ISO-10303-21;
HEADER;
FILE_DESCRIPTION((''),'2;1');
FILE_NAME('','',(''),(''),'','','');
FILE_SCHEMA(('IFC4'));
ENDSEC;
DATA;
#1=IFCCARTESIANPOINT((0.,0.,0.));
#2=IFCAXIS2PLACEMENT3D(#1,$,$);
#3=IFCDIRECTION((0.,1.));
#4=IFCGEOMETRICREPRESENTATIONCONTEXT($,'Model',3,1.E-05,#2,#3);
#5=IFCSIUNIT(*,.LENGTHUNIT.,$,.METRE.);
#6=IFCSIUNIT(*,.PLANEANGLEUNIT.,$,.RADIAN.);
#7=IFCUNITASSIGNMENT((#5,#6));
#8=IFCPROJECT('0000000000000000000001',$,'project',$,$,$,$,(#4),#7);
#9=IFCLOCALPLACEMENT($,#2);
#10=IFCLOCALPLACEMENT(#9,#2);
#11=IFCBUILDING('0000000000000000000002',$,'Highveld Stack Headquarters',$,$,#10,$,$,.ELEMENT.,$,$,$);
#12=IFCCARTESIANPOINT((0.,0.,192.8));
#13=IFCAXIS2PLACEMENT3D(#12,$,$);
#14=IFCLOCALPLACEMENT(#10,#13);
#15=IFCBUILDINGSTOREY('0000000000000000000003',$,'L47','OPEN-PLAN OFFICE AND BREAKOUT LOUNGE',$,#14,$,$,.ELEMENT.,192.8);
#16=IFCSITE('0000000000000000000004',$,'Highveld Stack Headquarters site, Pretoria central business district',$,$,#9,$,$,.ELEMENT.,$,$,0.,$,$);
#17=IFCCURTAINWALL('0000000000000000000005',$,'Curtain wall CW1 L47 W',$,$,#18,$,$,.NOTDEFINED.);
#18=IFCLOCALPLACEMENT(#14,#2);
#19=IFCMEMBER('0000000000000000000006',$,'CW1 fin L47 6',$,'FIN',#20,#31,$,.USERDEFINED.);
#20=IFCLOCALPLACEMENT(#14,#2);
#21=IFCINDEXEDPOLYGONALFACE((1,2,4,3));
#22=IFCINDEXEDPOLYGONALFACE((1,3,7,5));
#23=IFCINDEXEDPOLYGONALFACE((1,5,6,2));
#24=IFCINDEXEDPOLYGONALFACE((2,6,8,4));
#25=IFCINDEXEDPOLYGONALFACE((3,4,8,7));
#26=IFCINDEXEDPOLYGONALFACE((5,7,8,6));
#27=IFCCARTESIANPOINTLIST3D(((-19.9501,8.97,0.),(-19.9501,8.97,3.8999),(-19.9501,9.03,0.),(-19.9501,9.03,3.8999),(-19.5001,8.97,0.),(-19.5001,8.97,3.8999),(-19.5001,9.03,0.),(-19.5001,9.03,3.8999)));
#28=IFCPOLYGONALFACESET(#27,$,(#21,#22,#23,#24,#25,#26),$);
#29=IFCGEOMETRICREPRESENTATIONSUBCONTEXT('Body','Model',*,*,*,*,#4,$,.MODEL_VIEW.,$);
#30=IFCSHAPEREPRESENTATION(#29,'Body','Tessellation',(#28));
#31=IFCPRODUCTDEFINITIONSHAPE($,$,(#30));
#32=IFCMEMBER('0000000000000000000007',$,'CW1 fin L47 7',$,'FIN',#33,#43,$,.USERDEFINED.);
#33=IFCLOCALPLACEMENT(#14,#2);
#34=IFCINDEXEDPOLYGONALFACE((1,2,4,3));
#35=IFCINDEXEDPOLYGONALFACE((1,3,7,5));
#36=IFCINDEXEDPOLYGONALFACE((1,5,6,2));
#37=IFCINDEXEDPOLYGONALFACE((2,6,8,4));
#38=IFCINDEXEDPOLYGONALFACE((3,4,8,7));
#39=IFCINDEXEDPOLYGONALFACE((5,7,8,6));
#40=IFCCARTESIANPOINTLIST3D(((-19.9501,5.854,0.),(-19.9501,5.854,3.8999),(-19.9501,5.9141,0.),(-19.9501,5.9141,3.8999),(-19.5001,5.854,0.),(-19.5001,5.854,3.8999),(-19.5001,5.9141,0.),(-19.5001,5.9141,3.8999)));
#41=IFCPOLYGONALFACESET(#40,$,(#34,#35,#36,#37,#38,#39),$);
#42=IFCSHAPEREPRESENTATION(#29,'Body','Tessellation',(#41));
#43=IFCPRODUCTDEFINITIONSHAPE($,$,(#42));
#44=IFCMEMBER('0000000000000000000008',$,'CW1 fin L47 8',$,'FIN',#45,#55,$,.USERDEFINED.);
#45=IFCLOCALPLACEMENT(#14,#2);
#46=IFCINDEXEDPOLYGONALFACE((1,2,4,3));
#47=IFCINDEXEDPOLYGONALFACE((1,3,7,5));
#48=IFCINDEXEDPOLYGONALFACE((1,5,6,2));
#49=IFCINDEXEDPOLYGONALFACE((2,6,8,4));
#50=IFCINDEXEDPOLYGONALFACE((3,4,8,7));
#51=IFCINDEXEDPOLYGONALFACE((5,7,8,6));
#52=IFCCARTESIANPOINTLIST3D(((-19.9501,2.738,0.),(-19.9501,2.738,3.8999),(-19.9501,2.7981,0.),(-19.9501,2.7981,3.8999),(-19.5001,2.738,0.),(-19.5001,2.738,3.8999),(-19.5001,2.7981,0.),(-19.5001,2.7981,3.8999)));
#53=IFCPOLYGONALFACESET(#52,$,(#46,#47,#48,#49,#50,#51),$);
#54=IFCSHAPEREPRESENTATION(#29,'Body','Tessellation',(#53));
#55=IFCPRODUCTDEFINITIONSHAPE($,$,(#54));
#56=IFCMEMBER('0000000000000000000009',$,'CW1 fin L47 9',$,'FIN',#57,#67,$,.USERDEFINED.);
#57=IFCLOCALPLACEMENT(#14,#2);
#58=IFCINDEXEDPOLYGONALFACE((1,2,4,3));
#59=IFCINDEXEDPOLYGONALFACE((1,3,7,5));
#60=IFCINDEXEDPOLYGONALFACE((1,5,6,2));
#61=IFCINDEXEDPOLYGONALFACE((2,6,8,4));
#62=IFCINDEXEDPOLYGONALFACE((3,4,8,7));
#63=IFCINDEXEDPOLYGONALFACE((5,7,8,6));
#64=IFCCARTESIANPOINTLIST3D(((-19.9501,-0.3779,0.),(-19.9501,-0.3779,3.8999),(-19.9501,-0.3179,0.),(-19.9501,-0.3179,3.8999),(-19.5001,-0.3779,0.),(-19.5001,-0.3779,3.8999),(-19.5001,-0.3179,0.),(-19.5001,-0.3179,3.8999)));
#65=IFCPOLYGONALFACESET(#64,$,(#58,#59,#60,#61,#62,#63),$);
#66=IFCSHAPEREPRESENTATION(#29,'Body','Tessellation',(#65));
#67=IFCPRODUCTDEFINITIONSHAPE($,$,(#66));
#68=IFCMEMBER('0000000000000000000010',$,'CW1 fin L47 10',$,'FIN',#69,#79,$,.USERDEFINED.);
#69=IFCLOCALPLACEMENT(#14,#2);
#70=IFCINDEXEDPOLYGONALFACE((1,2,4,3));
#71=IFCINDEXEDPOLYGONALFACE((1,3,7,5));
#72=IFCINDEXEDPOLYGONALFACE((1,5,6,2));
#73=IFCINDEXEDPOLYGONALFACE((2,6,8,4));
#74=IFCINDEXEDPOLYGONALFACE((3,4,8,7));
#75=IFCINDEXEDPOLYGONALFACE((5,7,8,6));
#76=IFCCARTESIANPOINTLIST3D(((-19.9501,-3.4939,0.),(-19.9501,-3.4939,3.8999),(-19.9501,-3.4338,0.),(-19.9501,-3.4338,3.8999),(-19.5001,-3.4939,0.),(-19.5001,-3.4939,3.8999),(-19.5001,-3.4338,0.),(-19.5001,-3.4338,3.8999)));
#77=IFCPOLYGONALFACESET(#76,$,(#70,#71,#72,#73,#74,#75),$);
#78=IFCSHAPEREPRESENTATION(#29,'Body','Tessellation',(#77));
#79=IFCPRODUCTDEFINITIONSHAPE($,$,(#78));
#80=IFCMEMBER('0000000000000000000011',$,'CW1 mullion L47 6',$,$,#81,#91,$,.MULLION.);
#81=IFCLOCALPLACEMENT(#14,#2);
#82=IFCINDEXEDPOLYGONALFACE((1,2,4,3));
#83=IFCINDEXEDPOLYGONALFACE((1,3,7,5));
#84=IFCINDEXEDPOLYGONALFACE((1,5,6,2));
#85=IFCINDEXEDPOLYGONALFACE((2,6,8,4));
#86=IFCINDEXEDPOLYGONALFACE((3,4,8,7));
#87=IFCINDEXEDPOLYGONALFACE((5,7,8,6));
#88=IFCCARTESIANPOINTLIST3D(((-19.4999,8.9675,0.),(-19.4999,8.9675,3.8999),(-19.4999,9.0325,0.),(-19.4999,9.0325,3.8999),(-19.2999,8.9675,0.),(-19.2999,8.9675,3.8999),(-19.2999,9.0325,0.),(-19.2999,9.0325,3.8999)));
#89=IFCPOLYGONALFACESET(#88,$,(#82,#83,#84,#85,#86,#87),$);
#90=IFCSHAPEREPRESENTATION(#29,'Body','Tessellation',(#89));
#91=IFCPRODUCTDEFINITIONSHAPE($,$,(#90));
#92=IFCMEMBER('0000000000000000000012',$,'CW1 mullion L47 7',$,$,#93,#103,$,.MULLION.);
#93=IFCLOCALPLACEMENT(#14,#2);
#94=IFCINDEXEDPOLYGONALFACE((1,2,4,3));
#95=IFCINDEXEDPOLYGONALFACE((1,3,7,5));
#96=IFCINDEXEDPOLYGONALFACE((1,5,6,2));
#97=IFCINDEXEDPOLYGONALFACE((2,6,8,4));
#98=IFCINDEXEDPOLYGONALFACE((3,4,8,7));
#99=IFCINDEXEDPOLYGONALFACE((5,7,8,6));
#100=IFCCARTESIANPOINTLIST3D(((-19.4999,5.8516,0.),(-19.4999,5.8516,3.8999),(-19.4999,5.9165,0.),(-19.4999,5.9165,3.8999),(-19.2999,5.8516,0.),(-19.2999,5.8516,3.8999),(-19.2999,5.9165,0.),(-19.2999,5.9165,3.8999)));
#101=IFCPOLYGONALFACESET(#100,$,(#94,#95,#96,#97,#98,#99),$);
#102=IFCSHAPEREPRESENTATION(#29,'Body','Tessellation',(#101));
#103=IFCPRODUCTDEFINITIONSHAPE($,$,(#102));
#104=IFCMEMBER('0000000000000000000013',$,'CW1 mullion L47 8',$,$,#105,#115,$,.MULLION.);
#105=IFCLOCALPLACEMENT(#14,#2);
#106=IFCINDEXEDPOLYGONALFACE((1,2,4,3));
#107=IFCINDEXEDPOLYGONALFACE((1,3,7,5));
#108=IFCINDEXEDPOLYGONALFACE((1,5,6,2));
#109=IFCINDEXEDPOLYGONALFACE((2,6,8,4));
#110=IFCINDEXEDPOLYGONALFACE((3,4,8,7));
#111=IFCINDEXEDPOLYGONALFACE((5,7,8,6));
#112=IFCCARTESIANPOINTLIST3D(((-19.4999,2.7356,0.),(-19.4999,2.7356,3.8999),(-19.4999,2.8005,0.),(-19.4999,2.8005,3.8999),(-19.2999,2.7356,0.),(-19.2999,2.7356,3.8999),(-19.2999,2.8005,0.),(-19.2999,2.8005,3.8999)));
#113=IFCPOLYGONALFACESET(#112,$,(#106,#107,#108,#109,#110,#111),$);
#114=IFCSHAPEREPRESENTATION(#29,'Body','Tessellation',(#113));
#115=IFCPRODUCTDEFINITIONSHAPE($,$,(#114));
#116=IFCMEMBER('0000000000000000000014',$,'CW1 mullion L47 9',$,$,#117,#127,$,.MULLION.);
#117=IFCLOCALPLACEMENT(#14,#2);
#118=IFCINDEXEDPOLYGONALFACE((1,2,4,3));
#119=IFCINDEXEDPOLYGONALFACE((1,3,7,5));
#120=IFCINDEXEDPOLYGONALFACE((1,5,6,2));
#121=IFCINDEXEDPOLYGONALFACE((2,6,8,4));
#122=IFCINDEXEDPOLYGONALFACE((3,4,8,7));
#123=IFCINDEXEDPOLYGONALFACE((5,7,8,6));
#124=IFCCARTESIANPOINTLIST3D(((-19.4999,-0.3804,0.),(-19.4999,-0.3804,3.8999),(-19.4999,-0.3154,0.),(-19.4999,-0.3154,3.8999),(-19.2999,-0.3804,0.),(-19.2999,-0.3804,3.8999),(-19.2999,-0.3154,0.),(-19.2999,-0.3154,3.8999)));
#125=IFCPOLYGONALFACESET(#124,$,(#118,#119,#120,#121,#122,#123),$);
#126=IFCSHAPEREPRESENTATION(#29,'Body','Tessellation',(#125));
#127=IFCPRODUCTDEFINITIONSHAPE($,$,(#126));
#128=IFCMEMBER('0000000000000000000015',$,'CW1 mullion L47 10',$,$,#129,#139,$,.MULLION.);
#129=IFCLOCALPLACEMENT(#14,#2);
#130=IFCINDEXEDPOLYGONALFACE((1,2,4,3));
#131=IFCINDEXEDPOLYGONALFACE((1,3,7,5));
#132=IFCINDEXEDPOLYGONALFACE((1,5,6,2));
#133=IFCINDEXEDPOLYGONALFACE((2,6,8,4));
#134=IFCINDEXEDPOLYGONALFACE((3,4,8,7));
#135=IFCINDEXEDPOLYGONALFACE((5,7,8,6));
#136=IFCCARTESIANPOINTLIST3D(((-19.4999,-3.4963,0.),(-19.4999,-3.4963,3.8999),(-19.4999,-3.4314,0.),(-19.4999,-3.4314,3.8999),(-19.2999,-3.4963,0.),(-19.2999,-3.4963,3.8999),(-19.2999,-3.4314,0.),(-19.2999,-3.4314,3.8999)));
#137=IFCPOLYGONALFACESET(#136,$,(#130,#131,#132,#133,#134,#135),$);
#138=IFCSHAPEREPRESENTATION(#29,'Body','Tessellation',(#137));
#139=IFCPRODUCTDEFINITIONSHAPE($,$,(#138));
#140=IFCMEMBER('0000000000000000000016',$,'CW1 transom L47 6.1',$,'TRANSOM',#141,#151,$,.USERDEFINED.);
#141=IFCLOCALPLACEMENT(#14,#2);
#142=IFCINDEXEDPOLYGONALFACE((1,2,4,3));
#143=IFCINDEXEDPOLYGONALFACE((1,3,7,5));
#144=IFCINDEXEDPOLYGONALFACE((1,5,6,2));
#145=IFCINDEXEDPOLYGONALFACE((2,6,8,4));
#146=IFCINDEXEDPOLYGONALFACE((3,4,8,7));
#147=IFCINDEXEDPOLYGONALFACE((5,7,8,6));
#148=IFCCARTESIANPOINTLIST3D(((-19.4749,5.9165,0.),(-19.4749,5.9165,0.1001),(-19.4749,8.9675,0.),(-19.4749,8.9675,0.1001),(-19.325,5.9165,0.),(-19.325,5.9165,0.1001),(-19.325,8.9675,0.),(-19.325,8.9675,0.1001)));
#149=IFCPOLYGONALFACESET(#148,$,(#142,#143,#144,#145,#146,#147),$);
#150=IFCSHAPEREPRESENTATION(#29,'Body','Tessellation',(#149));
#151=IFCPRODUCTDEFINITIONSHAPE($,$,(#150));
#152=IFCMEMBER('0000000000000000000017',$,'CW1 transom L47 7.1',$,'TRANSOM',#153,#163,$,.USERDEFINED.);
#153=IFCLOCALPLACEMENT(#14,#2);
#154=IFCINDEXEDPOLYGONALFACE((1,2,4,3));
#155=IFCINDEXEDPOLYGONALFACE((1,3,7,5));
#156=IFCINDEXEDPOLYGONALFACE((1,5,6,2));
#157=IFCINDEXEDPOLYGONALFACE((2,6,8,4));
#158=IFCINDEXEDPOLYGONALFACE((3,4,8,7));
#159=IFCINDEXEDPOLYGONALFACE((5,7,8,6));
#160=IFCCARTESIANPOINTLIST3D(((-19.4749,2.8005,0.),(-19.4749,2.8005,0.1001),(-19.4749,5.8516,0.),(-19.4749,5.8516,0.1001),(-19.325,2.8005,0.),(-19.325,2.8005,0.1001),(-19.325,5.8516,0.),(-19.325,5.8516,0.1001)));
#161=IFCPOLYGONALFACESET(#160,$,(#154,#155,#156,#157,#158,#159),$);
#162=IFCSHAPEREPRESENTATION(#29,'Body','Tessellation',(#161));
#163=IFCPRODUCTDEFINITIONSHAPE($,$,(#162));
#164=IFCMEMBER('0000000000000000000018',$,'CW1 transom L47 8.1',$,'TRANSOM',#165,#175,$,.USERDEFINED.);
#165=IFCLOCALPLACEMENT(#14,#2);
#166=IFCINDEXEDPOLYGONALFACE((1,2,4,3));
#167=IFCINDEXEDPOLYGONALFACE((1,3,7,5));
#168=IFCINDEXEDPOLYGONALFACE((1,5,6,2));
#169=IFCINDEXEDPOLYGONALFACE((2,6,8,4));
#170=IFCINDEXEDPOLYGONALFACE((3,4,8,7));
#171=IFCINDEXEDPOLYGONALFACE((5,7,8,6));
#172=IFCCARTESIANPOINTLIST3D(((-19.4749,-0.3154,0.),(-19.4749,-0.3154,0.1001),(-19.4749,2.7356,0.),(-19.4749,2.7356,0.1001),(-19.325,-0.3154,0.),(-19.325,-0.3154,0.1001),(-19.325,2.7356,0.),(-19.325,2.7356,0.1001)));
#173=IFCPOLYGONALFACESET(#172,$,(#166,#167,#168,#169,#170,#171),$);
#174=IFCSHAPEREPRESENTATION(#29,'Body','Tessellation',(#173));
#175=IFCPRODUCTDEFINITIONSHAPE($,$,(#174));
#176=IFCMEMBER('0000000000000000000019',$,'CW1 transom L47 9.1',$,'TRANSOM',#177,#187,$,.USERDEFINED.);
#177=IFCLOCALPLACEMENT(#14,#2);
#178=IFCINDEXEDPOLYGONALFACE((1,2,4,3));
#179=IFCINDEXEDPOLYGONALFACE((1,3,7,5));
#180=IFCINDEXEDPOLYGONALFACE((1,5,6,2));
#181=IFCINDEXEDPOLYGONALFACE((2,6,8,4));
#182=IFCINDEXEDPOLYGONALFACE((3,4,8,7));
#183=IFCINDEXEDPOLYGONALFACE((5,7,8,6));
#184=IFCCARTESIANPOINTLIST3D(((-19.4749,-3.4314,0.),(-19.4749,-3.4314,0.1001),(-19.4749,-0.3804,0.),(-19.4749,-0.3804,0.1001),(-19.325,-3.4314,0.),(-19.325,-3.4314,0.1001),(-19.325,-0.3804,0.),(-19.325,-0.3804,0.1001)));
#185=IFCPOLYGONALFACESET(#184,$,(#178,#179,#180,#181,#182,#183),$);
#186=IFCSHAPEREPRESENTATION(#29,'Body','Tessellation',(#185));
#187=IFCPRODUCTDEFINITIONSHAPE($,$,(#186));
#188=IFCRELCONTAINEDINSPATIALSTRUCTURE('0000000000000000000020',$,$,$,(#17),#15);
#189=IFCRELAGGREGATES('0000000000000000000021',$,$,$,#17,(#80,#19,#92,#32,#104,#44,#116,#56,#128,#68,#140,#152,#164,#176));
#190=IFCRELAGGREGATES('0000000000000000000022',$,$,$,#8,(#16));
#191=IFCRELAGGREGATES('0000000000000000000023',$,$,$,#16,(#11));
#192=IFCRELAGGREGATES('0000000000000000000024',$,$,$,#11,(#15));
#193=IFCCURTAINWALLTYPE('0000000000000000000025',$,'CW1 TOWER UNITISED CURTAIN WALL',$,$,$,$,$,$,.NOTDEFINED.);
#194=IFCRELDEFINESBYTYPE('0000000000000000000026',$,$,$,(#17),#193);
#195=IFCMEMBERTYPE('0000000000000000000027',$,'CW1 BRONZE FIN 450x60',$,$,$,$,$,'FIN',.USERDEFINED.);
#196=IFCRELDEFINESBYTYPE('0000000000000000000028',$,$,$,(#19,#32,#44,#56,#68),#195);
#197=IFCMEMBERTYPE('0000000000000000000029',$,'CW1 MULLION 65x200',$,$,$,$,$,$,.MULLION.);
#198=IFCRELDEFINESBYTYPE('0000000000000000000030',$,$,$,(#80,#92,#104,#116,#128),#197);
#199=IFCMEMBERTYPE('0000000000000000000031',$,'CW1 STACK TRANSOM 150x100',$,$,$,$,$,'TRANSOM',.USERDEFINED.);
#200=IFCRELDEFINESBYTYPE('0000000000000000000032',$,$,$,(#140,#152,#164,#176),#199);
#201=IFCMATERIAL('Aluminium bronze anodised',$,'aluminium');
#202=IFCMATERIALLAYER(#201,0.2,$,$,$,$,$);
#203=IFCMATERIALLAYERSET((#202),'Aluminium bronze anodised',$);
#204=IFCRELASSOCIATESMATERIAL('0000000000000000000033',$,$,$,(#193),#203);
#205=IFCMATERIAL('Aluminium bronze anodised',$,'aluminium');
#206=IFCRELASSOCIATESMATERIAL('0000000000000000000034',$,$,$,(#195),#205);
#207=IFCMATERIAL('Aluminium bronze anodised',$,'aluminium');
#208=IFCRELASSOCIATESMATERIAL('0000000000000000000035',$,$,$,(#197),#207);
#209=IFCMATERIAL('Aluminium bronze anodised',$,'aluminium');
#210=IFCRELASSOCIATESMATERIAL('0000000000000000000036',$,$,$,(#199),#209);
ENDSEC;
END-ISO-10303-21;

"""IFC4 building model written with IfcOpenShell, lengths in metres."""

from ifc_helpers import new_model, si_unit, direction, frame, origin, origin_2d, place, context, subcontext, project, spatial, rectangle, extrude, material, layer, layer_set, material_profile, profile_set, type_object, element, aggregate, save


model = new_model("IFC4")

# Units and contexts
model_context = context("Model", 3, precision=1e-05, world=origin(), true_north=direction((0.0, 1.0)))
body_context = subcontext(model_context, "Body", "Model", "MODEL_VIEW")
ifc_project = project(units=[si_unit("LENGTHUNIT", "METRE"), si_unit("PLANEANGLEUNIT", "RADIAN")], contexts=[model_context])

# Site, building, storey
site_placement = place(None, origin())
site = spatial("IfcSite", under=ifc_project, at=site_placement, Name="Highveld Stack Headquarters site, Pretoria central business district", CompositionType="ELEMENT", RefElevation=0.0)
building_placement = place(site_placement, origin())
building = spatial("IfcBuilding", under=site, at=building_placement, Name="Highveld Stack Headquarters", CompositionType="ELEMENT")
storey_placement = place(building_placement, frame((0.0, 0.0, 192.8)))
storey = spatial("IfcBuildingStorey", under=building, at=storey_placement, Name="L47", Description="OPEN-PLAN OFFICE AND BREAKOUT LOUNGE", CompositionType="ELEMENT", Elevation=192.8)

# Curtain wall, members
ifc_material_1 = material(Name="Aluminium bronze anodised", Category="aluminium")
ifc_layer_1 = layer(ifc_material_1, 0.2)
ifc_layer_set_1 = layer_set([ifc_layer_1], Name="Aluminium bronze anodised")
curtain_wall_type = type_object("IfcCurtainWallType", Name="CW1 TOWER UNITISED CURTAIN WALL", PredefinedType="NOTDEFINED", material=ifc_layer_set_1)
curtain_wall_placement = place(storey_placement, origin())
curtain_wall = element("IfcCurtainWall", 1, at=curtain_wall_placement, inside=storey, type_object=curtain_wall_type, Name="Curtain wall CW1 L47 W", PredefinedType="NOTDEFINED")
ifc_material_2 = material(Name="Aluminium bronze anodised", Category="aluminium")
ifc_material_profile_1 = material_profile(ifc_material_2, rectangle(XDim=0.45, YDim=0.0601, at=origin_2d()), Name="FIN 450x60")
ifc_profile_set_1 = profile_set([ifc_material_profile_1], Name="Aluminium bronze anodised")
member_type_1 = type_object("IfcMemberType", Name="CW1 BRONZE FIN 450x60", ElementType="FIN", PredefinedType="USERDEFINED", material=ifc_profile_set_1)
member_1_placement = place(storey_placement, frame((-19.7251, 9.0, 0.0), z_axis=(0.0, 0.0, 1.0), x_axis=(1.0, 0.0, 0.0)))
member_1 = element("IfcMember", 2, at=member_1_placement, type_object=member_type_1, Name="CW1 fin L47 6", ObjectType="FIN", PredefinedType="USERDEFINED", context=body_context, shape_type="SweptSolid", body=[
    extrude(rectangle(XDim=0.45, YDim=0.0601, at=origin_2d()), origin(), (0.0, 0.0, 1.0), 3.8999),
])
member_2_placement = place(storey_placement, frame((-19.7251, 5.884, 0.0), z_axis=(0.0, 0.0, 1.0), x_axis=(1.0, 0.0, 0.0)))
member_2 = element("IfcMember", 3, at=member_2_placement, type_object=member_type_1, Name="CW1 fin L47 7", ObjectType="FIN", PredefinedType="USERDEFINED", context=body_context, shape_type="SweptSolid", body=[
    extrude(rectangle(XDim=0.45, YDim=0.0601, at=origin_2d()), origin(), (0.0, 0.0, 1.0), 3.8999),
])
member_3_placement = place(storey_placement, frame((-19.7251, 2.7681, 0.0), z_axis=(0.0, 0.0, 1.0), x_axis=(1.0, 0.0, 0.0)))
member_3 = element("IfcMember", 4, at=member_3_placement, type_object=member_type_1, Name="CW1 fin L47 8", ObjectType="FIN", PredefinedType="USERDEFINED", context=body_context, shape_type="SweptSolid", body=[
    extrude(rectangle(XDim=0.45, YDim=0.0601, at=origin_2d()), origin(), (0.0, 0.0, 1.0), 3.8999),
])
member_4_placement = place(storey_placement, frame((-19.7251, -0.3479, 0.0), z_axis=(0.0, 0.0, 1.0), x_axis=(1.0, 0.0, 0.0)))
member_4 = element("IfcMember", 5, at=member_4_placement, type_object=member_type_1, Name="CW1 fin L47 9", ObjectType="FIN", PredefinedType="USERDEFINED", context=body_context, shape_type="SweptSolid", body=[
    extrude(rectangle(XDim=0.45, YDim=0.0601, at=origin_2d()), origin(), (0.0, 0.0, 1.0), 3.8999),
])
member_5_placement = place(storey_placement, frame((-19.7251, -3.4639, 0.0), z_axis=(0.0, 0.0, 1.0), x_axis=(1.0, 0.0, 0.0)))
member_5 = element("IfcMember", 6, at=member_5_placement, type_object=member_type_1, Name="CW1 fin L47 10", ObjectType="FIN", PredefinedType="USERDEFINED", context=body_context, shape_type="SweptSolid", body=[
    extrude(rectangle(XDim=0.45, YDim=0.0601, at=origin_2d()), origin(), (0.0, 0.0, 1.0), 3.8999),
])
ifc_material_3 = material(Name="Aluminium bronze anodised", Category="aluminium")
ifc_material_profile_2 = material_profile(ifc_material_3, rectangle(XDim=0.2, YDim=0.0649, at=origin_2d()), Name="CW1 MULLION 65x200")
ifc_profile_set_2 = profile_set([ifc_material_profile_2], Name="Aluminium bronze anodised")
member_type_2 = type_object("IfcMemberType", Name="CW1 MULLION 65x200", PredefinedType="MULLION", material=ifc_profile_set_2)
member_6_placement = place(storey_placement, frame((-19.3999, 9.0, 0.0), z_axis=(0.0, 0.0, 1.0), x_axis=(1.0, 0.0, 0.0)))
member_6 = element("IfcMember", 7, at=member_6_placement, type_object=member_type_2, Name="CW1 mullion L47 6", PredefinedType="MULLION", context=body_context, shape_type="SweptSolid", body=[
    extrude(rectangle(XDim=0.2, YDim=0.0649, at=origin_2d()), origin(), (0.0, 0.0, 1.0), 3.8999),
])
member_7_placement = place(storey_placement, frame((-19.3999, 5.884, 0.0), z_axis=(0.0, 0.0, 1.0), x_axis=(1.0, 0.0, 0.0)))
member_7 = element("IfcMember", 8, at=member_7_placement, type_object=member_type_2, Name="CW1 mullion L47 7", PredefinedType="MULLION", context=body_context, shape_type="SweptSolid", body=[
    extrude(rectangle(XDim=0.2, YDim=0.0649, at=origin_2d()), origin(), (0.0, 0.0, 1.0), 3.8999),
])
member_8_placement = place(storey_placement, frame((-19.3999, 2.7681, 0.0), z_axis=(0.0, 0.0, 1.0), x_axis=(1.0, 0.0, 0.0)))
member_8 = element("IfcMember", 9, at=member_8_placement, type_object=member_type_2, Name="CW1 mullion L47 8", PredefinedType="MULLION", context=body_context, shape_type="SweptSolid", body=[
    extrude(rectangle(XDim=0.2, YDim=0.0649, at=origin_2d()), origin(), (0.0, 0.0, 1.0), 3.8999),
])
member_9_placement = place(storey_placement, frame((-19.3999, -0.3479, 0.0), z_axis=(0.0, 0.0, 1.0), x_axis=(1.0, 0.0, 0.0)))
member_9 = element("IfcMember", 10, at=member_9_placement, type_object=member_type_2, Name="CW1 mullion L47 9", PredefinedType="MULLION", context=body_context, shape_type="SweptSolid", body=[
    extrude(rectangle(XDim=0.2, YDim=0.0649, at=origin_2d()), origin(), (0.0, 0.0, 1.0), 3.8999),
])
member_10_placement = place(storey_placement, frame((-19.3999, -3.4639, 0.0), z_axis=(0.0, 0.0, 1.0), x_axis=(1.0, 0.0, 0.0)))
member_10 = element("IfcMember", 11, at=member_10_placement, type_object=member_type_2, Name="CW1 mullion L47 10", PredefinedType="MULLION", context=body_context, shape_type="SweptSolid", body=[
    extrude(rectangle(XDim=0.2, YDim=0.0649, at=origin_2d()), origin(), (0.0, 0.0, 1.0), 3.8999),
])
ifc_material_4 = material(Name="Aluminium bronze anodised", Category="aluminium")
ifc_material_profile_3 = material_profile(ifc_material_4, rectangle(XDim=0.1499, YDim=0.1001, at=origin_2d()), Name="CW1 TRANSOM 150x100")
ifc_profile_set_3 = profile_set([ifc_material_profile_3], Name="Aluminium bronze anodised")
member_type_3 = type_object("IfcMemberType", Name="CW1 STACK TRANSOM 150x100", ElementType="TRANSOM", PredefinedType="USERDEFINED", material=ifc_profile_set_3)
member_11_placement = place(storey_placement, frame((-19.3999, 8.9675, 0.05), z_axis=(0.0, -1.0, 0.0), x_axis=(1.0, 0.0, 0.0)))
member_11 = element("IfcMember", 12, at=member_11_placement, type_object=member_type_3, Name="CW1 transom L47 6.1", ObjectType="TRANSOM", PredefinedType="USERDEFINED", context=body_context, shape_type="SweptSolid", body=[
    extrude(rectangle(XDim=0.1499, YDim=0.1001, at=origin_2d()), origin(), (0.0, 0.0, 1.0), 3.051),
])
member_12_placement = place(storey_placement, frame((-19.3999, 5.8516, 0.05), z_axis=(0.0, -1.0, 0.0), x_axis=(1.0, 0.0, 0.0)))
member_12 = element("IfcMember", 13, at=member_12_placement, type_object=member_type_3, Name="CW1 transom L47 7.1", ObjectType="TRANSOM", PredefinedType="USERDEFINED", context=body_context, shape_type="SweptSolid", body=[
    extrude(rectangle(XDim=0.1499, YDim=0.1001, at=origin_2d()), origin(), (0.0, 0.0, 1.0), 3.051),
])
member_13_placement = place(storey_placement, frame((-19.3999, 2.7356, 0.05), z_axis=(0.0, -1.0, 0.0), x_axis=(1.0, 0.0, 0.0)))
member_13 = element("IfcMember", 14, at=member_13_placement, type_object=member_type_3, Name="CW1 transom L47 8.1", ObjectType="TRANSOM", PredefinedType="USERDEFINED", context=body_context, shape_type="SweptSolid", body=[
    extrude(rectangle(XDim=0.1499, YDim=0.1001, at=origin_2d()), origin(), (0.0, 0.0, 1.0), 3.051),
])
member_14_placement = place(storey_placement, frame((-19.3999, -0.3804, 0.05), z_axis=(0.0, -1.0, 0.0), x_axis=(1.0, 0.0, 0.0)))
member_14 = element("IfcMember", 15, at=member_14_placement, type_object=member_type_3, Name="CW1 transom L47 9.1", ObjectType="TRANSOM", PredefinedType="USERDEFINED", context=body_context, shape_type="SweptSolid", body=[
    extrude(rectangle(XDim=0.1499, YDim=0.1001, at=origin_2d()), origin(), (0.0, 0.0, 1.0), 3.051),
])
aggregate(curtain_wall, [member_6, member_1, member_7, member_2, member_8, member_3, member_9, member_4, member_10, member_5, member_11, member_12, member_13, member_14])

save(model, "model.ifc")
